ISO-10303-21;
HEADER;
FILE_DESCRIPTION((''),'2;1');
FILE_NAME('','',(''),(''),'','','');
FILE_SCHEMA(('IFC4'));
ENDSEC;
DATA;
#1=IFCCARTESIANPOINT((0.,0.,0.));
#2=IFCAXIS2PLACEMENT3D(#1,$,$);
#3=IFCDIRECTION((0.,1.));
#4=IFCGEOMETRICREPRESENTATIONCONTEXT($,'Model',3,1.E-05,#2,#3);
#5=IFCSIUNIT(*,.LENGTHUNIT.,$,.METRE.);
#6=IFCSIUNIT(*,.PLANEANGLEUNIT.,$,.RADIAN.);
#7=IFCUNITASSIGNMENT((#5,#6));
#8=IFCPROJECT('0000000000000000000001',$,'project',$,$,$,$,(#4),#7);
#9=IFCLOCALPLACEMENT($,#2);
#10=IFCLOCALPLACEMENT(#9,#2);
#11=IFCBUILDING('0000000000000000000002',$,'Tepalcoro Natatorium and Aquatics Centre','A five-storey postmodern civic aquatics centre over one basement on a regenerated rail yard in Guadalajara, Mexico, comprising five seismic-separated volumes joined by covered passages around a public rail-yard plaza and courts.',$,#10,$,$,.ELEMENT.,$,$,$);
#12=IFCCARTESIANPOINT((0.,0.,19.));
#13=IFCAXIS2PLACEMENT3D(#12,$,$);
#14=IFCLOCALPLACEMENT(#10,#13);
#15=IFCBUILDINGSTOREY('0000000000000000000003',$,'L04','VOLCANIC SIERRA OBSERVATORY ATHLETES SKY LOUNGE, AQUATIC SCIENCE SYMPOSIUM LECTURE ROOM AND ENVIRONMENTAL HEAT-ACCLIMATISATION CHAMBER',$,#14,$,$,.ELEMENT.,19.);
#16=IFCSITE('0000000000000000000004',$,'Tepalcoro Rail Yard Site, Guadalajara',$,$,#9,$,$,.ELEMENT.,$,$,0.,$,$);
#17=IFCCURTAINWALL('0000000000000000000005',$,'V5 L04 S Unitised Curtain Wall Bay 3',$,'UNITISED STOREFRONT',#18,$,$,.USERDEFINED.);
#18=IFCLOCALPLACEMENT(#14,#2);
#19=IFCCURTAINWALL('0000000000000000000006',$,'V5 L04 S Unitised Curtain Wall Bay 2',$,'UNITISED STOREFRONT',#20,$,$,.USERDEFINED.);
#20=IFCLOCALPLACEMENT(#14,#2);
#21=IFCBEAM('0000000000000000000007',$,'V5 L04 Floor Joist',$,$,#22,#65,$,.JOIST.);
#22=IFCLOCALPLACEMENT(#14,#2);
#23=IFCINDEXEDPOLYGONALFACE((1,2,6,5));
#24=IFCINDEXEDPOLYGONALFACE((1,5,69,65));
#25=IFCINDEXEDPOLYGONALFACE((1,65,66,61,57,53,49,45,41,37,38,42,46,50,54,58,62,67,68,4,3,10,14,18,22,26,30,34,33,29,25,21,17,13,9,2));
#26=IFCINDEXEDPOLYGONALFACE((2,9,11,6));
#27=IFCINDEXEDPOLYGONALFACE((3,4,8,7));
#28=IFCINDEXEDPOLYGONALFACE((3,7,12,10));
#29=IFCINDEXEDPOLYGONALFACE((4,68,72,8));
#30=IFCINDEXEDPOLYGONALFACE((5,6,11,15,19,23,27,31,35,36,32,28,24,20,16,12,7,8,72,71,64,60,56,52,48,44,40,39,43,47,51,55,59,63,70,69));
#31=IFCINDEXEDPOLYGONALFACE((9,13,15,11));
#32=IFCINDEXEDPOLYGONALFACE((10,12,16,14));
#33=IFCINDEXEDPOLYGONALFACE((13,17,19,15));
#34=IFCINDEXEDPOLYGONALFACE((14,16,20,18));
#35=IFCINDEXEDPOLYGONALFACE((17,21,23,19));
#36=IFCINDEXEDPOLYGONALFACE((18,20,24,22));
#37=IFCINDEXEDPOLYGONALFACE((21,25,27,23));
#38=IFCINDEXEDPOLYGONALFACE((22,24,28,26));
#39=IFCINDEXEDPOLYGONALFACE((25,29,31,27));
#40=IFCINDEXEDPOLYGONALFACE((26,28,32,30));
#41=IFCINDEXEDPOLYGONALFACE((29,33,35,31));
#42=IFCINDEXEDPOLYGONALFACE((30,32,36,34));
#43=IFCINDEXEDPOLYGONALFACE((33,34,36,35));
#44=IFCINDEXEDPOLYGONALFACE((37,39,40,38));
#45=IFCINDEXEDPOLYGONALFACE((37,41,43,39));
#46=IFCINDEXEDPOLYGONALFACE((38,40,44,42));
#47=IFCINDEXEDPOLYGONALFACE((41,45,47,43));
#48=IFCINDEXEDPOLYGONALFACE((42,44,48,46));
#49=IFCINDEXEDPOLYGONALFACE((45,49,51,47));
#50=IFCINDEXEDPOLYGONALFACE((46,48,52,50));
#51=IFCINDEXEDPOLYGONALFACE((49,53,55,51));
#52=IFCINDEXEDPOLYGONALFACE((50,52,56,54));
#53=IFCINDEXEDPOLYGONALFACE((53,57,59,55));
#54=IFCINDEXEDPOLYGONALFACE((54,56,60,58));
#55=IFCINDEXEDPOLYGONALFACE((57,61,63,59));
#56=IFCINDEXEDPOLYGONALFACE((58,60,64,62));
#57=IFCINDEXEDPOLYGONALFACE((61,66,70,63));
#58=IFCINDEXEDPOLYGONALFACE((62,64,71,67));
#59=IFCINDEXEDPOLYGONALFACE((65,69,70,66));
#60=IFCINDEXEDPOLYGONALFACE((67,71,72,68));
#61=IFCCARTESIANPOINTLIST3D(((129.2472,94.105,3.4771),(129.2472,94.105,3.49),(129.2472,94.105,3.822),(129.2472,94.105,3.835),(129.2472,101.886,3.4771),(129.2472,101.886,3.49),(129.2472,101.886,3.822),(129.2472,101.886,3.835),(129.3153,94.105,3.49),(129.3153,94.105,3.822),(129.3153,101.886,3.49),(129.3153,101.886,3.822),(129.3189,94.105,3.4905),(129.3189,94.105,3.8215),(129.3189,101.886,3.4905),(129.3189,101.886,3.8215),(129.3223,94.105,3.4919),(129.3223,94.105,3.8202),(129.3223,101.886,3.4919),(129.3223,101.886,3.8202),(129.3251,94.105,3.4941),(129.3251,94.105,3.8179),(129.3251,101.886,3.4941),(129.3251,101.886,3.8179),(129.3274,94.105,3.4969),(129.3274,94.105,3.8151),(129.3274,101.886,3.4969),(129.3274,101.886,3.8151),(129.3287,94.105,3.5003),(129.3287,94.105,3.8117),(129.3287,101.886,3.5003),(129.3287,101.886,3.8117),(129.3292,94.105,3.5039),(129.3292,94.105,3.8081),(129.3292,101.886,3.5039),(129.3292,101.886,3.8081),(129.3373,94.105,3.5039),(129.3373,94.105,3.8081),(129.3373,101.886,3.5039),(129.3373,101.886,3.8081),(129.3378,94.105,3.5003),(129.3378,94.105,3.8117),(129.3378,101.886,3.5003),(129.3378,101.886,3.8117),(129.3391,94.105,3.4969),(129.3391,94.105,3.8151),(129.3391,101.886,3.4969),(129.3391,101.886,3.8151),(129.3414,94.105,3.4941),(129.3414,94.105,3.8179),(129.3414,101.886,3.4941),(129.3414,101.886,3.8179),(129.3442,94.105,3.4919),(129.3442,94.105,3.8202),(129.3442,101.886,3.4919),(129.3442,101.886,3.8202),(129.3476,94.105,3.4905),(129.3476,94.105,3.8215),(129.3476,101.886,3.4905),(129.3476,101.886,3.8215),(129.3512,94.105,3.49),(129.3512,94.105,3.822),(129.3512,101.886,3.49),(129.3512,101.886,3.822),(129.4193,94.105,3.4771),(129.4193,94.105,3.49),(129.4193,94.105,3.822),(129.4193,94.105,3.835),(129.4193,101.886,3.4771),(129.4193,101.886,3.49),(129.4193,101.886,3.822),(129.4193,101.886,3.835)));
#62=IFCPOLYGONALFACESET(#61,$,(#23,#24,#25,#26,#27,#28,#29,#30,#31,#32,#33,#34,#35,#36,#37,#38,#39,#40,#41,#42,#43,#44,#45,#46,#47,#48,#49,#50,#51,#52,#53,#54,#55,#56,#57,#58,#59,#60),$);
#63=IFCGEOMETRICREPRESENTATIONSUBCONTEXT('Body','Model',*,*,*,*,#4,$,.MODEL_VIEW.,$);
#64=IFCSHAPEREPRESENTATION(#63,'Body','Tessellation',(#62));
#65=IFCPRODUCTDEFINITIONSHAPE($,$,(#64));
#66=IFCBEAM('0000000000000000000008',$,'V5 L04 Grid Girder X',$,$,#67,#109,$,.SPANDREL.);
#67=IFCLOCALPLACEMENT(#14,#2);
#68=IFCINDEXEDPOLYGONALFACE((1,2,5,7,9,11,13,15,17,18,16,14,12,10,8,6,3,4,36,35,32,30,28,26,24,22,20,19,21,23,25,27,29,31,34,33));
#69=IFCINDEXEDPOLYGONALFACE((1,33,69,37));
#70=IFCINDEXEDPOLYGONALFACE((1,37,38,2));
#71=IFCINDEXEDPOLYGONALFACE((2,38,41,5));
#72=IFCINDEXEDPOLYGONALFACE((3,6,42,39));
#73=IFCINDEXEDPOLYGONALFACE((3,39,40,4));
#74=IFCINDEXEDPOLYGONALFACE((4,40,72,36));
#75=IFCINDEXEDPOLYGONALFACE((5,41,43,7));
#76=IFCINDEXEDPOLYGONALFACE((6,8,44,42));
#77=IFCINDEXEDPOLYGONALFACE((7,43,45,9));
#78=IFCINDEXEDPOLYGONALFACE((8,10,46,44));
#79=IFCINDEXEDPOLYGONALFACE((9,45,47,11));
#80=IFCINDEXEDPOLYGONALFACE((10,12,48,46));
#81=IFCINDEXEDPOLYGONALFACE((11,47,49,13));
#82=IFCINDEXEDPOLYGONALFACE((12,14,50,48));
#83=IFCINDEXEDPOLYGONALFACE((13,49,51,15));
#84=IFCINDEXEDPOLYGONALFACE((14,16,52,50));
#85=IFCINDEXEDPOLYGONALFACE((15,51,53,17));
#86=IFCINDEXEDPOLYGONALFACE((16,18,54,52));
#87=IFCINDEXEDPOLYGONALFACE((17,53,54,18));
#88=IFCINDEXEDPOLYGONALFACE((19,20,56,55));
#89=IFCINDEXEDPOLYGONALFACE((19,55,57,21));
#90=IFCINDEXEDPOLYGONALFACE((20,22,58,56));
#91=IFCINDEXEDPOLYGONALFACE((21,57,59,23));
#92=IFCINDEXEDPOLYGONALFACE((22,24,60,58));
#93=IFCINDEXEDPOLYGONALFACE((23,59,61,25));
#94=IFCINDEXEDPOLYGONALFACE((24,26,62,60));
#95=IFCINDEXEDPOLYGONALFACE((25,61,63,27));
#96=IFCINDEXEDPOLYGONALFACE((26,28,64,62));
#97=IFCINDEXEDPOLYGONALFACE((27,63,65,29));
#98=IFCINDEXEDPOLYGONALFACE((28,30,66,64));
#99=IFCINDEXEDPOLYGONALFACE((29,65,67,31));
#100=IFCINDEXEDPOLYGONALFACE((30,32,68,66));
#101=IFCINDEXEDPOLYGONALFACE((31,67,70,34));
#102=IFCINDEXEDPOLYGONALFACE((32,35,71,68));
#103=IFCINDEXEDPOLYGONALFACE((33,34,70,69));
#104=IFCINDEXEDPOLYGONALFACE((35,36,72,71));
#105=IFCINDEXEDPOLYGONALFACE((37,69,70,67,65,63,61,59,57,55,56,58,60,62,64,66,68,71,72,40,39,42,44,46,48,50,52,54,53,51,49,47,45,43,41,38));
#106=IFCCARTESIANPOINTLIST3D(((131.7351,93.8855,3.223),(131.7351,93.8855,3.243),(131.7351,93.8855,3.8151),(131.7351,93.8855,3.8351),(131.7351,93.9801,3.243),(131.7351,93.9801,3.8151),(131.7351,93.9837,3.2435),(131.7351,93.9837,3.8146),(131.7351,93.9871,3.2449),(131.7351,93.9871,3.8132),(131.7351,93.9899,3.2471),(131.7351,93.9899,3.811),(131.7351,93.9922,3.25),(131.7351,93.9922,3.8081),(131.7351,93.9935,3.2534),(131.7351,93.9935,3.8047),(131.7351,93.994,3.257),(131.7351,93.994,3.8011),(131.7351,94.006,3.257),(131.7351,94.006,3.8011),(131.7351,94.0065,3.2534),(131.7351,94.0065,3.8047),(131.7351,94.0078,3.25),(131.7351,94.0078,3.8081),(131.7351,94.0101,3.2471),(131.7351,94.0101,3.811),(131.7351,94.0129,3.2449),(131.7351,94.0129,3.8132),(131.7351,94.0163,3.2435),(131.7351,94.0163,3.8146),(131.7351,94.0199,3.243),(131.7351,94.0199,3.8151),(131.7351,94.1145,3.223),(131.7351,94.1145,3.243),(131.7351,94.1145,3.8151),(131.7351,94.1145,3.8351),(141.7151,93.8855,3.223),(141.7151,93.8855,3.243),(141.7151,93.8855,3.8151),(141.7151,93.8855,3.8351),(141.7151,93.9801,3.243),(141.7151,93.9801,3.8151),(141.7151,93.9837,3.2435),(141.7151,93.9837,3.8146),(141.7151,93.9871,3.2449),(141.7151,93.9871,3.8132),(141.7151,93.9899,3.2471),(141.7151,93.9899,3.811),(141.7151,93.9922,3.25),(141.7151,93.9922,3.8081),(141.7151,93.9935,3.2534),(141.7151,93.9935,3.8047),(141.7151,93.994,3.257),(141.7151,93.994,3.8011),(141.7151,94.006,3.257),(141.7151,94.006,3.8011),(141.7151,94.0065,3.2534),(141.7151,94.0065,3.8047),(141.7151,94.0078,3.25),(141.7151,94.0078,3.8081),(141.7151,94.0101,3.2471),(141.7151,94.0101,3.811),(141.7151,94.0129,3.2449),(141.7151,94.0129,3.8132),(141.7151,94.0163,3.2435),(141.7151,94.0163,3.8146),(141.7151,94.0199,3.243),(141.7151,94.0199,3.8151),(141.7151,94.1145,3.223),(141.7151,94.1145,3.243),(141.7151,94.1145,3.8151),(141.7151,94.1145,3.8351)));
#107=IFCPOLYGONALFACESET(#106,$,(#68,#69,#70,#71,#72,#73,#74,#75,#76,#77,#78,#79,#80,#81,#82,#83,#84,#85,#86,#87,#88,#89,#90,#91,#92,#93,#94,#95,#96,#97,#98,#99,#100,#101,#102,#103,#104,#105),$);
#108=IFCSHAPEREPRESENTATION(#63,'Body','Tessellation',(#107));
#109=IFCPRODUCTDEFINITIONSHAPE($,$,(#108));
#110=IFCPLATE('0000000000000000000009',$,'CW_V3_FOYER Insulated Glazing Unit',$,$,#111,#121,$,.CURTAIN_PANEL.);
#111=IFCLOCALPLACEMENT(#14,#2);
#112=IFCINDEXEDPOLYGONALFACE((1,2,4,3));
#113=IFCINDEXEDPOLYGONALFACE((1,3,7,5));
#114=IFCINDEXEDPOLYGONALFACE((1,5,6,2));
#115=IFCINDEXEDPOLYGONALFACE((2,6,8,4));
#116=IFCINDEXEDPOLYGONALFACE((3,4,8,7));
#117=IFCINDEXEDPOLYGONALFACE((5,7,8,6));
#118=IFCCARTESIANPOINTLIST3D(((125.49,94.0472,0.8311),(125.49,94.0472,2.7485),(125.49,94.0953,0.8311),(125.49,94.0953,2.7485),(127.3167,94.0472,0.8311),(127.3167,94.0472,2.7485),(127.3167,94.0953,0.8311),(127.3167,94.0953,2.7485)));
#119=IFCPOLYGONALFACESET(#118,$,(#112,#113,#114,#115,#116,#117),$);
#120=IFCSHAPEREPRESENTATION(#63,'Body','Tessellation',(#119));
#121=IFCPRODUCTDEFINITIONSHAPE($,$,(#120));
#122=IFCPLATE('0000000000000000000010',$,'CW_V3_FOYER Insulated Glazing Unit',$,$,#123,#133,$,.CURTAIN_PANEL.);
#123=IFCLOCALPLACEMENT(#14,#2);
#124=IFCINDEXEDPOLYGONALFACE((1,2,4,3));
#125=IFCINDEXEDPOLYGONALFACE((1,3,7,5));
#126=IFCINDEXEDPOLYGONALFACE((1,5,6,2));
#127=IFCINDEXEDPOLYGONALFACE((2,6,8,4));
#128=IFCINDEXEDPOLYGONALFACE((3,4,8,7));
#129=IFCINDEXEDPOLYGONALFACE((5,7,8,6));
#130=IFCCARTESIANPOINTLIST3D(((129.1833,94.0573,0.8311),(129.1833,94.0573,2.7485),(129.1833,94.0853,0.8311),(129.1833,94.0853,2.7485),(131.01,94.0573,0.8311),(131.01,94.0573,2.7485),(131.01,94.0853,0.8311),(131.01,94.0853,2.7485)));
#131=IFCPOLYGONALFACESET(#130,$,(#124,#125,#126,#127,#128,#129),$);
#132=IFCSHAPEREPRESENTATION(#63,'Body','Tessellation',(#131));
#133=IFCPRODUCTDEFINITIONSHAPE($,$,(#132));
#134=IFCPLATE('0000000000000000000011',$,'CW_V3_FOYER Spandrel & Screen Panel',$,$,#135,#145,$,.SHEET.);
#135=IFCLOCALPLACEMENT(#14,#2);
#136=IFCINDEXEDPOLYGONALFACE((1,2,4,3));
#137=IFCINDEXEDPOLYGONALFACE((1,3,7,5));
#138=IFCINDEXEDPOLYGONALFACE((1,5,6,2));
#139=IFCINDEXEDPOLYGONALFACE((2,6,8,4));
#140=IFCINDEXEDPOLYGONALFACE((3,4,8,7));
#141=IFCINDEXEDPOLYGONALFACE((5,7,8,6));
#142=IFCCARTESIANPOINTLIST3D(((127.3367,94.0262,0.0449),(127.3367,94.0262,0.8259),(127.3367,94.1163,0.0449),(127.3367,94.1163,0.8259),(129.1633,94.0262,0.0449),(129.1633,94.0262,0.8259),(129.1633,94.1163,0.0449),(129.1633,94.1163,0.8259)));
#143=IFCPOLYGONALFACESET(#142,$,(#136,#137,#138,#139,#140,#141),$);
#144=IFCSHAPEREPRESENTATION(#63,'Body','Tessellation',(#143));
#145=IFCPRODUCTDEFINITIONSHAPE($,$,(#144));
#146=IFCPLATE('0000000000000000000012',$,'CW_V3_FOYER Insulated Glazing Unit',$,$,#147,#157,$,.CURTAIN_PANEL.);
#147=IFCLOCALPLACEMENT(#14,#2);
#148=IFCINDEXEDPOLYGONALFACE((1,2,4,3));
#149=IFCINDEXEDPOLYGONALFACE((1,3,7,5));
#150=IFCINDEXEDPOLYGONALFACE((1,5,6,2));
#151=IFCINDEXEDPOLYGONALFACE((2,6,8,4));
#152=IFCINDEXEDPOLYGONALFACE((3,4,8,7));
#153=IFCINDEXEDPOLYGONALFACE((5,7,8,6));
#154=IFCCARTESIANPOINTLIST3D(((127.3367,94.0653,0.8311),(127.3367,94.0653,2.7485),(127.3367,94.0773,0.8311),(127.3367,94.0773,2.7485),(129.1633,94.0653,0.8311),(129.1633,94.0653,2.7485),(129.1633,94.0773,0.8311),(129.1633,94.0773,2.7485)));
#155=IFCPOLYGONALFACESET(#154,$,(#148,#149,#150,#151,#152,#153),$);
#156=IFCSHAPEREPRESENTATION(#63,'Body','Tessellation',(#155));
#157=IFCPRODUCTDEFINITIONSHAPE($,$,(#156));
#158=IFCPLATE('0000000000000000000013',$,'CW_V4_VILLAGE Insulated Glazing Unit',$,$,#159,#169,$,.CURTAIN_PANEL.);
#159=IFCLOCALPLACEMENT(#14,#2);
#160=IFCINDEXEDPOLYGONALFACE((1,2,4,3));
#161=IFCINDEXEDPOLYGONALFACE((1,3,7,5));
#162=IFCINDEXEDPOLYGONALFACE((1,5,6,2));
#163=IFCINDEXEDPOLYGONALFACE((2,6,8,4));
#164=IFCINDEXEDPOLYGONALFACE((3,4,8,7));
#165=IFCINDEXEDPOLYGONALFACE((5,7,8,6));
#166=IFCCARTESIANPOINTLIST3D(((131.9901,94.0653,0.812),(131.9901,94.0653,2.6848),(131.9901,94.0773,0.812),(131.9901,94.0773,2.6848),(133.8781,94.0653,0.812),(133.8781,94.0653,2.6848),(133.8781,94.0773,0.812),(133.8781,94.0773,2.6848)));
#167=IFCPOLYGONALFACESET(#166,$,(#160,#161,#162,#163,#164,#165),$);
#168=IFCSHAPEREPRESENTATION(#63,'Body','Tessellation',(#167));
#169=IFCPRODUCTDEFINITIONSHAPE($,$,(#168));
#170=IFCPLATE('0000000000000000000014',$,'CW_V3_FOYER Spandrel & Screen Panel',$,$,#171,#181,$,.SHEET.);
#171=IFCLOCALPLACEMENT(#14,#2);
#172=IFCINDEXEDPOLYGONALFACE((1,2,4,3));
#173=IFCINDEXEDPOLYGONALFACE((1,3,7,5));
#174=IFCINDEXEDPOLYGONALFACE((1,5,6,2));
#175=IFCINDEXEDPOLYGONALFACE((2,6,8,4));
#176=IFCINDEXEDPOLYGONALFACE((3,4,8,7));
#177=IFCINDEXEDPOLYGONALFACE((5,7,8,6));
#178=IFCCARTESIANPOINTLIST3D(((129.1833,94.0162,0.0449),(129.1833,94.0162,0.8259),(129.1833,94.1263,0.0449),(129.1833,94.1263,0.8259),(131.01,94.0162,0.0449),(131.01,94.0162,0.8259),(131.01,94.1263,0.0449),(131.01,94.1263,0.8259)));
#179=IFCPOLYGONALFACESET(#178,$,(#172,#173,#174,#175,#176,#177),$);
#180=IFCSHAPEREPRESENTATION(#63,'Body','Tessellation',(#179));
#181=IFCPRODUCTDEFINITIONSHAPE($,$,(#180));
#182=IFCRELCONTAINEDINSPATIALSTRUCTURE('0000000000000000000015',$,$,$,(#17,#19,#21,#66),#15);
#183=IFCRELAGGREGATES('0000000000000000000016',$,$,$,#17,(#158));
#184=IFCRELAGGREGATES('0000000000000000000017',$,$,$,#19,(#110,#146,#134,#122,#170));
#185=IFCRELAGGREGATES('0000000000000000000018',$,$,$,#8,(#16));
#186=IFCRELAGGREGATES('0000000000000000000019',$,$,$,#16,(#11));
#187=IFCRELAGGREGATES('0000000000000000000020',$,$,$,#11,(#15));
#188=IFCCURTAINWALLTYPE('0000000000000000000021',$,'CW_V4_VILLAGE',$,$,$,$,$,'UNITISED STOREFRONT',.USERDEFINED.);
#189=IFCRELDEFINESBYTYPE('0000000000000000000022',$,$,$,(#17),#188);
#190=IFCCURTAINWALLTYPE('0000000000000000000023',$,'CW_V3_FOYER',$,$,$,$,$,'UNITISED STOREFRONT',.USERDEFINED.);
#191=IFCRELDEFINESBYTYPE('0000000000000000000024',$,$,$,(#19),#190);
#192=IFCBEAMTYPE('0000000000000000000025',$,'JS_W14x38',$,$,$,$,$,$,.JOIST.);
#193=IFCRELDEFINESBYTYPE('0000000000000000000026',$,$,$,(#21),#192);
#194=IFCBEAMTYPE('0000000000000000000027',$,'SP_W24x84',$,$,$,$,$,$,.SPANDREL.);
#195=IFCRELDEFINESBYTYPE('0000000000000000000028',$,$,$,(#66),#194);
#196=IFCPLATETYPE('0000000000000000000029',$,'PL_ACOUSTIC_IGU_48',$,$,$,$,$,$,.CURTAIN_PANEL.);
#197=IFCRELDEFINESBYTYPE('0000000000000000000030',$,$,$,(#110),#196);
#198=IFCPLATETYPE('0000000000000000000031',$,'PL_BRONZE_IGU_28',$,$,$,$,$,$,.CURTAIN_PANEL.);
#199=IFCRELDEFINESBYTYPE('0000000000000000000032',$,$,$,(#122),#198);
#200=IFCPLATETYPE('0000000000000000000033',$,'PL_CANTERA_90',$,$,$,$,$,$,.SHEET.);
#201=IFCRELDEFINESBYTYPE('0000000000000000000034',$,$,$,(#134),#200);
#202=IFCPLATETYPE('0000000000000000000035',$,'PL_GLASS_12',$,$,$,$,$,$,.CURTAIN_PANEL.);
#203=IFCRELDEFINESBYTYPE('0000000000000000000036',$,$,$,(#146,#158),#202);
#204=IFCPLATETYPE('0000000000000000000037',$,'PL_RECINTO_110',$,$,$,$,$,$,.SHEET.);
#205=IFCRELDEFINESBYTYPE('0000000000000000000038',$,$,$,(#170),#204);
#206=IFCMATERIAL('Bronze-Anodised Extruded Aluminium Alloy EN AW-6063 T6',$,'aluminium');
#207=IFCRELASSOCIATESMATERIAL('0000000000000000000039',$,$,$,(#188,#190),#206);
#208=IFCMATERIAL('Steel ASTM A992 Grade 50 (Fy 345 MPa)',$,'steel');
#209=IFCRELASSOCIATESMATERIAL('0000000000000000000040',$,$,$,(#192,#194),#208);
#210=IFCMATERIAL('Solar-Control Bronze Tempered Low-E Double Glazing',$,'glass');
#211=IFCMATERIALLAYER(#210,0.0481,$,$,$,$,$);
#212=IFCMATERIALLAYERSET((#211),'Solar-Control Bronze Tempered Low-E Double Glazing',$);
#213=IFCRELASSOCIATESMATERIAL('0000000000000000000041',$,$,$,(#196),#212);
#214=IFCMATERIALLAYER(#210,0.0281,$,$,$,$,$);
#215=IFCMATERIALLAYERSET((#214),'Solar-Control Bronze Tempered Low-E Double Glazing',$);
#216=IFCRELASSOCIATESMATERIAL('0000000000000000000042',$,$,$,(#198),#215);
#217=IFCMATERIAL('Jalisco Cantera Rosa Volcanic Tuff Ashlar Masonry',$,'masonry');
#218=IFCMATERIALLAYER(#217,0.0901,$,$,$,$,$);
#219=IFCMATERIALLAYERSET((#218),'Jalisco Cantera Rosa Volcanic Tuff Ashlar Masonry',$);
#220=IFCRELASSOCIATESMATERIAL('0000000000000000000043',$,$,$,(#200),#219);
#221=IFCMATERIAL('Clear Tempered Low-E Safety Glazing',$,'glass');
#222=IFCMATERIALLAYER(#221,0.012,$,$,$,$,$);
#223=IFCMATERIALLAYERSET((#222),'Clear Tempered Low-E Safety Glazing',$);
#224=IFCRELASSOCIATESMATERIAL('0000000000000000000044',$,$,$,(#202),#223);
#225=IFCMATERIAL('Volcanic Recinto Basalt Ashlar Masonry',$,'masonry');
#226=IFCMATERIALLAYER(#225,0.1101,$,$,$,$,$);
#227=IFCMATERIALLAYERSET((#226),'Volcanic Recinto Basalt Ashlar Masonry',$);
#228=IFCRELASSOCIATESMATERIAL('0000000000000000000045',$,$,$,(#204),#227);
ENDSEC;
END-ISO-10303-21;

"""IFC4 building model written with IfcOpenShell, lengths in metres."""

from ifc_helpers import new_model, si_unit, direction, frame, origin, origin_2d, place, context, subcontext, project, spatial, rectangle, i_section, extrude, material, layer, layer_set, material_profile, profile_set, type_object, element, aggregate, save


model = new_model("IFC4")

# Units and contexts
model_context = context("Model", 3, precision=1e-05, world=origin(), true_north=direction((0.0, 1.0)))
body_context = subcontext(model_context, "Body", "Model", "MODEL_VIEW")
ifc_project = project(units=[si_unit("LENGTHUNIT", "METRE"), si_unit("PLANEANGLEUNIT", "RADIAN")], contexts=[model_context])

# Site, building, storey
site_placement = place(None, origin())
site = spatial("IfcSite", under=ifc_project, at=site_placement, Name="Tepalcoro Rail Yard Site, Guadalajara", CompositionType="ELEMENT", RefElevation=0.0)
building_placement = place(site_placement, origin())
building = spatial("IfcBuilding", under=site, at=building_placement, Name="Tepalcoro Natatorium and Aquatics Centre", Description="A five-storey postmodern civic aquatics centre over one basement on a regenerated rail yard in Guadalajara, Mexico, comprising five seismic-separated volumes joined by covered passages around a public rail-yard plaza and courts.", CompositionType="ELEMENT")
storey_placement = place(building_placement, frame((0.0, 0.0, 19.0)))
storey = spatial("IfcBuildingStorey", under=building, at=storey_placement, Name="L04", Description="VOLCANIC SIERRA OBSERVATORY ATHLETES SKY LOUNGE, AQUATIC SCIENCE SYMPOSIUM LECTURE ROOM AND ENVIRONMENTAL HEAT-ACCLIMATISATION CHAMBER", CompositionType="ELEMENT", Elevation=19.0)

# Shared definitions
ifc_material_1 = material(Name="Steel ASTM A992 Grade 50 (Fy 345 MPa)", Category="steel")

# Curtain wall
ifc_material_2 = material(Name="Bronze-Anodised Extruded Aluminium Alloy EN AW-6063 T6", Category="aluminium")
curtain_wall_type_1 = type_object("IfcCurtainWallType", Name="CW_V4_VILLAGE", ElementType="UNITISED STOREFRONT", PredefinedType="USERDEFINED", material=ifc_material_2)
curtain_wall_1_placement = place(storey_placement, origin())
curtain_wall_1 = element("IfcCurtainWall", 1, at=curtain_wall_1_placement, inside=storey, type_object=curtain_wall_type_1, Name="V5 L04 S Unitised Curtain Wall Bay 3", ObjectType="UNITISED STOREFRONT", PredefinedType="USERDEFINED")

# Curtain wall
curtain_wall_type_2 = type_object("IfcCurtainWallType", Name="CW_V3_FOYER", ElementType="UNITISED STOREFRONT", PredefinedType="USERDEFINED", material=ifc_material_2)
curtain_wall_2_placement = place(storey_placement, origin())
curtain_wall_2 = element("IfcCurtainWall", 2, at=curtain_wall_2_placement, inside=storey, type_object=curtain_wall_type_2, Name="V5 L04 S Unitised Curtain Wall Bay 2", ObjectType="UNITISED STOREFRONT", PredefinedType="USERDEFINED")

# Beams
ifc_material_profile_1 = material_profile(ifc_material_1, i_section(OverallWidth=0.1721, OverallDepth=0.3579, WebThickness=0.0081, FlangeThickness=0.0129, FilletRadius=0.0139, at=origin_2d()), Name="W14X38")
ifc_profile_set_1 = profile_set([ifc_material_profile_1], Name="Steel ASTM A992 Grade 50 (Fy 345 MPa)")
beam_type_1 = type_object("IfcBeamType", Name="JS_W14x38", PredefinedType="JOIST", material=ifc_profile_set_1)
beam_1_placement = place(storey_placement, frame((129.3333, 94.105, 3.656), z_axis=(0.0, 1.0, 0.0), x_axis=(-1.0, 0.0, 0.0)))
element("IfcBeam", 3, at=beam_1_placement, inside=storey, type_object=beam_type_1, Name="V5 L04 Floor Joist", PredefinedType="JOIST", context=body_context, shape_type="SweptSolid", body=[
    extrude(i_section(OverallWidth=0.1721, OverallDepth=0.3579, WebThickness=0.0081, FlangeThickness=0.0129, FilletRadius=0.0139, at=origin_2d()), origin(), (0.0, 0.0, 1.0), 7.781),
])
ifc_material_profile_2 = material_profile(ifc_material_1, i_section(OverallWidth=0.229, OverallDepth=0.6121, WebThickness=0.012, FlangeThickness=0.02, FilletRadius=0.0139, at=origin_2d()), Name="W24X84")
ifc_profile_set_2 = profile_set([ifc_material_profile_2], Name="Steel ASTM A992 Grade 50 (Fy 345 MPa)")
beam_type_2 = type_object("IfcBeamType", Name="SP_W24x84", PredefinedType="SPANDREL", material=ifc_profile_set_2)
beam_2_placement = place(storey_placement, frame((131.7351, 94.0, 3.5291), z_axis=(1.0, 0.0, 0.0), x_axis=(0.0, 1.0, 0.0)))
element("IfcBeam", 4, at=beam_2_placement, inside=storey, type_object=beam_type_2, Name="V5 L04 Grid Girder X", PredefinedType="SPANDREL", context=body_context, shape_type="SweptSolid", body=[
    extrude(i_section(OverallWidth=0.229, OverallDepth=0.6121, WebThickness=0.012, FlangeThickness=0.02, FilletRadius=0.0139, at=origin_2d()), origin(), (0.0, 0.0, 1.0), 9.98),
])

# Plates
ifc_material_3 = material(Name="Solar-Control Bronze Tempered Low-E Double Glazing", Category="glass")
ifc_layer_1 = layer(ifc_material_3, 0.0481)
ifc_layer_set_1 = layer_set([ifc_layer_1], Name="Solar-Control Bronze Tempered Low-E Double Glazing")
plate_type_1 = type_object("IfcPlateType", Name="PL_ACOUSTIC_IGU_48", PredefinedType="CURTAIN_PANEL", material=ifc_layer_set_1)
plate_1_placement = place(storey_placement, frame((126.4033, 94.0713, 0.8311), z_axis=(0.0, 0.0, 1.0), x_axis=(1.0, 0.0, 0.0)))
plate_1 = element("IfcPlate", 5, at=plate_1_placement, type_object=plate_type_1, Name="CW_V3_FOYER Insulated Glazing Unit", PredefinedType="CURTAIN_PANEL", context=body_context, shape_type="SweptSolid", body=[
    extrude(rectangle(XDim=1.8267, YDim=0.0481, at=origin_2d()), origin(), (0.0, 0.0, 1.0), 1.9175),
])
ifc_layer_2 = layer(ifc_material_3, 0.0281)
ifc_layer_set_2 = layer_set([ifc_layer_2], Name="Solar-Control Bronze Tempered Low-E Double Glazing")
plate_type_2 = type_object("IfcPlateType", Name="PL_BRONZE_IGU_28", PredefinedType="CURTAIN_PANEL", material=ifc_layer_set_2)
plate_2_placement = place(storey_placement, frame((130.0967, 94.0713, 0.8311), z_axis=(0.0, 0.0, 1.0), x_axis=(1.0, 0.0, 0.0)))
plate_2 = element("IfcPlate", 6, at=plate_2_placement, type_object=plate_type_2, Name="CW_V3_FOYER Insulated Glazing Unit", PredefinedType="CURTAIN_PANEL", context=body_context, shape_type="SweptSolid", body=[
    extrude(rectangle(XDim=1.8267, YDim=0.0281, at=origin_2d()), origin(), (0.0, 0.0, 1.0), 1.9175),
])
ifc_material_4 = material(Name="Jalisco Cantera Rosa Volcanic Tuff Ashlar Masonry", Category="masonry")
ifc_layer_3 = layer(ifc_material_4, 0.0901)
ifc_layer_set_3 = layer_set([ifc_layer_3], Name="Jalisco Cantera Rosa Volcanic Tuff Ashlar Masonry")
plate_type_3 = type_object("IfcPlateType", Name="PL_CANTERA_90", PredefinedType="SHEET", material=ifc_layer_set_3)
plate_3_placement = place(storey_placement, frame((128.25, 94.0713, 0.0449), z_axis=(0.0, 0.0, 1.0), x_axis=(1.0, 0.0, 0.0)))
plate_3 = element("IfcPlate", 7, at=plate_3_placement, type_object=plate_type_3, Name="CW_V3_FOYER Spandrel & Screen Panel", PredefinedType="SHEET", context=body_context, shape_type="SweptSolid", body=[
    extrude(rectangle(XDim=1.8267, YDim=0.0901, at=origin_2d()), origin(), (0.0, 0.0, 1.0), 0.781),
])
ifc_material_5 = material(Name="Clear Tempered Low-E Safety Glazing", Category="glass")
ifc_layer_4 = layer(ifc_material_5, 0.012)
ifc_layer_set_4 = layer_set([ifc_layer_4], Name="Clear Tempered Low-E Safety Glazing")
plate_type_4 = type_object("IfcPlateType", Name="PL_GLASS_12", PredefinedType="CURTAIN_PANEL", material=ifc_layer_set_4)
plate_4_placement = place(storey_placement, frame((128.25, 94.0713, 0.8311), z_axis=(0.0, 0.0, 1.0), x_axis=(1.0, 0.0, 0.0)))
plate_4 = element("IfcPlate", 8, at=plate_4_placement, type_object=plate_type_4, Name="CW_V3_FOYER Insulated Glazing Unit", PredefinedType="CURTAIN_PANEL", context=body_context, shape_type="SweptSolid", body=[
    extrude(rectangle(XDim=1.8267, YDim=0.012, at=origin_2d()), origin(), (0.0, 0.0, 1.0), 1.9175),
])
plate_5_placement = place(storey_placement, frame((132.9341, 94.0713, 0.812), z_axis=(0.0, 0.0, 1.0), x_axis=(1.0, 0.0, 0.0)))
plate_5 = element("IfcPlate", 9, at=plate_5_placement, type_object=plate_type_4, Name="CW_V4_VILLAGE Insulated Glazing Unit", PredefinedType="CURTAIN_PANEL", context=body_context, shape_type="SweptSolid", body=[
    extrude(rectangle(XDim=1.8879, YDim=0.012, at=origin_2d()), origin(), (0.0, 0.0, 1.0), 1.8728),
])
aggregate(curtain_wall_1, [plate_5])
ifc_material_6 = material(Name="Volcanic Recinto Basalt Ashlar Masonry", Category="masonry")
ifc_layer_5 = layer(ifc_material_6, 0.1101)
ifc_layer_set_5 = layer_set([ifc_layer_5], Name="Volcanic Recinto Basalt Ashlar Masonry")
plate_type_5 = type_object("IfcPlateType", Name="PL_RECINTO_110", PredefinedType="SHEET", material=ifc_layer_set_5)
plate_6_placement = place(storey_placement, frame((130.0967, 94.0713, 0.0449), z_axis=(0.0, 0.0, 1.0), x_axis=(1.0, 0.0, 0.0)))
plate_6 = element("IfcPlate", 10, at=plate_6_placement, type_object=plate_type_5, Name="CW_V3_FOYER Spandrel & Screen Panel", PredefinedType="SHEET", context=body_context, shape_type="SweptSolid", body=[
    extrude(rectangle(XDim=1.8267, YDim=0.1101, at=origin_2d()), origin(), (0.0, 0.0, 1.0), 0.781),
])
aggregate(curtain_wall_2, [plate_1, plate_4, plate_3, plate_2, plate_6])

save(model, "model.ifc")
